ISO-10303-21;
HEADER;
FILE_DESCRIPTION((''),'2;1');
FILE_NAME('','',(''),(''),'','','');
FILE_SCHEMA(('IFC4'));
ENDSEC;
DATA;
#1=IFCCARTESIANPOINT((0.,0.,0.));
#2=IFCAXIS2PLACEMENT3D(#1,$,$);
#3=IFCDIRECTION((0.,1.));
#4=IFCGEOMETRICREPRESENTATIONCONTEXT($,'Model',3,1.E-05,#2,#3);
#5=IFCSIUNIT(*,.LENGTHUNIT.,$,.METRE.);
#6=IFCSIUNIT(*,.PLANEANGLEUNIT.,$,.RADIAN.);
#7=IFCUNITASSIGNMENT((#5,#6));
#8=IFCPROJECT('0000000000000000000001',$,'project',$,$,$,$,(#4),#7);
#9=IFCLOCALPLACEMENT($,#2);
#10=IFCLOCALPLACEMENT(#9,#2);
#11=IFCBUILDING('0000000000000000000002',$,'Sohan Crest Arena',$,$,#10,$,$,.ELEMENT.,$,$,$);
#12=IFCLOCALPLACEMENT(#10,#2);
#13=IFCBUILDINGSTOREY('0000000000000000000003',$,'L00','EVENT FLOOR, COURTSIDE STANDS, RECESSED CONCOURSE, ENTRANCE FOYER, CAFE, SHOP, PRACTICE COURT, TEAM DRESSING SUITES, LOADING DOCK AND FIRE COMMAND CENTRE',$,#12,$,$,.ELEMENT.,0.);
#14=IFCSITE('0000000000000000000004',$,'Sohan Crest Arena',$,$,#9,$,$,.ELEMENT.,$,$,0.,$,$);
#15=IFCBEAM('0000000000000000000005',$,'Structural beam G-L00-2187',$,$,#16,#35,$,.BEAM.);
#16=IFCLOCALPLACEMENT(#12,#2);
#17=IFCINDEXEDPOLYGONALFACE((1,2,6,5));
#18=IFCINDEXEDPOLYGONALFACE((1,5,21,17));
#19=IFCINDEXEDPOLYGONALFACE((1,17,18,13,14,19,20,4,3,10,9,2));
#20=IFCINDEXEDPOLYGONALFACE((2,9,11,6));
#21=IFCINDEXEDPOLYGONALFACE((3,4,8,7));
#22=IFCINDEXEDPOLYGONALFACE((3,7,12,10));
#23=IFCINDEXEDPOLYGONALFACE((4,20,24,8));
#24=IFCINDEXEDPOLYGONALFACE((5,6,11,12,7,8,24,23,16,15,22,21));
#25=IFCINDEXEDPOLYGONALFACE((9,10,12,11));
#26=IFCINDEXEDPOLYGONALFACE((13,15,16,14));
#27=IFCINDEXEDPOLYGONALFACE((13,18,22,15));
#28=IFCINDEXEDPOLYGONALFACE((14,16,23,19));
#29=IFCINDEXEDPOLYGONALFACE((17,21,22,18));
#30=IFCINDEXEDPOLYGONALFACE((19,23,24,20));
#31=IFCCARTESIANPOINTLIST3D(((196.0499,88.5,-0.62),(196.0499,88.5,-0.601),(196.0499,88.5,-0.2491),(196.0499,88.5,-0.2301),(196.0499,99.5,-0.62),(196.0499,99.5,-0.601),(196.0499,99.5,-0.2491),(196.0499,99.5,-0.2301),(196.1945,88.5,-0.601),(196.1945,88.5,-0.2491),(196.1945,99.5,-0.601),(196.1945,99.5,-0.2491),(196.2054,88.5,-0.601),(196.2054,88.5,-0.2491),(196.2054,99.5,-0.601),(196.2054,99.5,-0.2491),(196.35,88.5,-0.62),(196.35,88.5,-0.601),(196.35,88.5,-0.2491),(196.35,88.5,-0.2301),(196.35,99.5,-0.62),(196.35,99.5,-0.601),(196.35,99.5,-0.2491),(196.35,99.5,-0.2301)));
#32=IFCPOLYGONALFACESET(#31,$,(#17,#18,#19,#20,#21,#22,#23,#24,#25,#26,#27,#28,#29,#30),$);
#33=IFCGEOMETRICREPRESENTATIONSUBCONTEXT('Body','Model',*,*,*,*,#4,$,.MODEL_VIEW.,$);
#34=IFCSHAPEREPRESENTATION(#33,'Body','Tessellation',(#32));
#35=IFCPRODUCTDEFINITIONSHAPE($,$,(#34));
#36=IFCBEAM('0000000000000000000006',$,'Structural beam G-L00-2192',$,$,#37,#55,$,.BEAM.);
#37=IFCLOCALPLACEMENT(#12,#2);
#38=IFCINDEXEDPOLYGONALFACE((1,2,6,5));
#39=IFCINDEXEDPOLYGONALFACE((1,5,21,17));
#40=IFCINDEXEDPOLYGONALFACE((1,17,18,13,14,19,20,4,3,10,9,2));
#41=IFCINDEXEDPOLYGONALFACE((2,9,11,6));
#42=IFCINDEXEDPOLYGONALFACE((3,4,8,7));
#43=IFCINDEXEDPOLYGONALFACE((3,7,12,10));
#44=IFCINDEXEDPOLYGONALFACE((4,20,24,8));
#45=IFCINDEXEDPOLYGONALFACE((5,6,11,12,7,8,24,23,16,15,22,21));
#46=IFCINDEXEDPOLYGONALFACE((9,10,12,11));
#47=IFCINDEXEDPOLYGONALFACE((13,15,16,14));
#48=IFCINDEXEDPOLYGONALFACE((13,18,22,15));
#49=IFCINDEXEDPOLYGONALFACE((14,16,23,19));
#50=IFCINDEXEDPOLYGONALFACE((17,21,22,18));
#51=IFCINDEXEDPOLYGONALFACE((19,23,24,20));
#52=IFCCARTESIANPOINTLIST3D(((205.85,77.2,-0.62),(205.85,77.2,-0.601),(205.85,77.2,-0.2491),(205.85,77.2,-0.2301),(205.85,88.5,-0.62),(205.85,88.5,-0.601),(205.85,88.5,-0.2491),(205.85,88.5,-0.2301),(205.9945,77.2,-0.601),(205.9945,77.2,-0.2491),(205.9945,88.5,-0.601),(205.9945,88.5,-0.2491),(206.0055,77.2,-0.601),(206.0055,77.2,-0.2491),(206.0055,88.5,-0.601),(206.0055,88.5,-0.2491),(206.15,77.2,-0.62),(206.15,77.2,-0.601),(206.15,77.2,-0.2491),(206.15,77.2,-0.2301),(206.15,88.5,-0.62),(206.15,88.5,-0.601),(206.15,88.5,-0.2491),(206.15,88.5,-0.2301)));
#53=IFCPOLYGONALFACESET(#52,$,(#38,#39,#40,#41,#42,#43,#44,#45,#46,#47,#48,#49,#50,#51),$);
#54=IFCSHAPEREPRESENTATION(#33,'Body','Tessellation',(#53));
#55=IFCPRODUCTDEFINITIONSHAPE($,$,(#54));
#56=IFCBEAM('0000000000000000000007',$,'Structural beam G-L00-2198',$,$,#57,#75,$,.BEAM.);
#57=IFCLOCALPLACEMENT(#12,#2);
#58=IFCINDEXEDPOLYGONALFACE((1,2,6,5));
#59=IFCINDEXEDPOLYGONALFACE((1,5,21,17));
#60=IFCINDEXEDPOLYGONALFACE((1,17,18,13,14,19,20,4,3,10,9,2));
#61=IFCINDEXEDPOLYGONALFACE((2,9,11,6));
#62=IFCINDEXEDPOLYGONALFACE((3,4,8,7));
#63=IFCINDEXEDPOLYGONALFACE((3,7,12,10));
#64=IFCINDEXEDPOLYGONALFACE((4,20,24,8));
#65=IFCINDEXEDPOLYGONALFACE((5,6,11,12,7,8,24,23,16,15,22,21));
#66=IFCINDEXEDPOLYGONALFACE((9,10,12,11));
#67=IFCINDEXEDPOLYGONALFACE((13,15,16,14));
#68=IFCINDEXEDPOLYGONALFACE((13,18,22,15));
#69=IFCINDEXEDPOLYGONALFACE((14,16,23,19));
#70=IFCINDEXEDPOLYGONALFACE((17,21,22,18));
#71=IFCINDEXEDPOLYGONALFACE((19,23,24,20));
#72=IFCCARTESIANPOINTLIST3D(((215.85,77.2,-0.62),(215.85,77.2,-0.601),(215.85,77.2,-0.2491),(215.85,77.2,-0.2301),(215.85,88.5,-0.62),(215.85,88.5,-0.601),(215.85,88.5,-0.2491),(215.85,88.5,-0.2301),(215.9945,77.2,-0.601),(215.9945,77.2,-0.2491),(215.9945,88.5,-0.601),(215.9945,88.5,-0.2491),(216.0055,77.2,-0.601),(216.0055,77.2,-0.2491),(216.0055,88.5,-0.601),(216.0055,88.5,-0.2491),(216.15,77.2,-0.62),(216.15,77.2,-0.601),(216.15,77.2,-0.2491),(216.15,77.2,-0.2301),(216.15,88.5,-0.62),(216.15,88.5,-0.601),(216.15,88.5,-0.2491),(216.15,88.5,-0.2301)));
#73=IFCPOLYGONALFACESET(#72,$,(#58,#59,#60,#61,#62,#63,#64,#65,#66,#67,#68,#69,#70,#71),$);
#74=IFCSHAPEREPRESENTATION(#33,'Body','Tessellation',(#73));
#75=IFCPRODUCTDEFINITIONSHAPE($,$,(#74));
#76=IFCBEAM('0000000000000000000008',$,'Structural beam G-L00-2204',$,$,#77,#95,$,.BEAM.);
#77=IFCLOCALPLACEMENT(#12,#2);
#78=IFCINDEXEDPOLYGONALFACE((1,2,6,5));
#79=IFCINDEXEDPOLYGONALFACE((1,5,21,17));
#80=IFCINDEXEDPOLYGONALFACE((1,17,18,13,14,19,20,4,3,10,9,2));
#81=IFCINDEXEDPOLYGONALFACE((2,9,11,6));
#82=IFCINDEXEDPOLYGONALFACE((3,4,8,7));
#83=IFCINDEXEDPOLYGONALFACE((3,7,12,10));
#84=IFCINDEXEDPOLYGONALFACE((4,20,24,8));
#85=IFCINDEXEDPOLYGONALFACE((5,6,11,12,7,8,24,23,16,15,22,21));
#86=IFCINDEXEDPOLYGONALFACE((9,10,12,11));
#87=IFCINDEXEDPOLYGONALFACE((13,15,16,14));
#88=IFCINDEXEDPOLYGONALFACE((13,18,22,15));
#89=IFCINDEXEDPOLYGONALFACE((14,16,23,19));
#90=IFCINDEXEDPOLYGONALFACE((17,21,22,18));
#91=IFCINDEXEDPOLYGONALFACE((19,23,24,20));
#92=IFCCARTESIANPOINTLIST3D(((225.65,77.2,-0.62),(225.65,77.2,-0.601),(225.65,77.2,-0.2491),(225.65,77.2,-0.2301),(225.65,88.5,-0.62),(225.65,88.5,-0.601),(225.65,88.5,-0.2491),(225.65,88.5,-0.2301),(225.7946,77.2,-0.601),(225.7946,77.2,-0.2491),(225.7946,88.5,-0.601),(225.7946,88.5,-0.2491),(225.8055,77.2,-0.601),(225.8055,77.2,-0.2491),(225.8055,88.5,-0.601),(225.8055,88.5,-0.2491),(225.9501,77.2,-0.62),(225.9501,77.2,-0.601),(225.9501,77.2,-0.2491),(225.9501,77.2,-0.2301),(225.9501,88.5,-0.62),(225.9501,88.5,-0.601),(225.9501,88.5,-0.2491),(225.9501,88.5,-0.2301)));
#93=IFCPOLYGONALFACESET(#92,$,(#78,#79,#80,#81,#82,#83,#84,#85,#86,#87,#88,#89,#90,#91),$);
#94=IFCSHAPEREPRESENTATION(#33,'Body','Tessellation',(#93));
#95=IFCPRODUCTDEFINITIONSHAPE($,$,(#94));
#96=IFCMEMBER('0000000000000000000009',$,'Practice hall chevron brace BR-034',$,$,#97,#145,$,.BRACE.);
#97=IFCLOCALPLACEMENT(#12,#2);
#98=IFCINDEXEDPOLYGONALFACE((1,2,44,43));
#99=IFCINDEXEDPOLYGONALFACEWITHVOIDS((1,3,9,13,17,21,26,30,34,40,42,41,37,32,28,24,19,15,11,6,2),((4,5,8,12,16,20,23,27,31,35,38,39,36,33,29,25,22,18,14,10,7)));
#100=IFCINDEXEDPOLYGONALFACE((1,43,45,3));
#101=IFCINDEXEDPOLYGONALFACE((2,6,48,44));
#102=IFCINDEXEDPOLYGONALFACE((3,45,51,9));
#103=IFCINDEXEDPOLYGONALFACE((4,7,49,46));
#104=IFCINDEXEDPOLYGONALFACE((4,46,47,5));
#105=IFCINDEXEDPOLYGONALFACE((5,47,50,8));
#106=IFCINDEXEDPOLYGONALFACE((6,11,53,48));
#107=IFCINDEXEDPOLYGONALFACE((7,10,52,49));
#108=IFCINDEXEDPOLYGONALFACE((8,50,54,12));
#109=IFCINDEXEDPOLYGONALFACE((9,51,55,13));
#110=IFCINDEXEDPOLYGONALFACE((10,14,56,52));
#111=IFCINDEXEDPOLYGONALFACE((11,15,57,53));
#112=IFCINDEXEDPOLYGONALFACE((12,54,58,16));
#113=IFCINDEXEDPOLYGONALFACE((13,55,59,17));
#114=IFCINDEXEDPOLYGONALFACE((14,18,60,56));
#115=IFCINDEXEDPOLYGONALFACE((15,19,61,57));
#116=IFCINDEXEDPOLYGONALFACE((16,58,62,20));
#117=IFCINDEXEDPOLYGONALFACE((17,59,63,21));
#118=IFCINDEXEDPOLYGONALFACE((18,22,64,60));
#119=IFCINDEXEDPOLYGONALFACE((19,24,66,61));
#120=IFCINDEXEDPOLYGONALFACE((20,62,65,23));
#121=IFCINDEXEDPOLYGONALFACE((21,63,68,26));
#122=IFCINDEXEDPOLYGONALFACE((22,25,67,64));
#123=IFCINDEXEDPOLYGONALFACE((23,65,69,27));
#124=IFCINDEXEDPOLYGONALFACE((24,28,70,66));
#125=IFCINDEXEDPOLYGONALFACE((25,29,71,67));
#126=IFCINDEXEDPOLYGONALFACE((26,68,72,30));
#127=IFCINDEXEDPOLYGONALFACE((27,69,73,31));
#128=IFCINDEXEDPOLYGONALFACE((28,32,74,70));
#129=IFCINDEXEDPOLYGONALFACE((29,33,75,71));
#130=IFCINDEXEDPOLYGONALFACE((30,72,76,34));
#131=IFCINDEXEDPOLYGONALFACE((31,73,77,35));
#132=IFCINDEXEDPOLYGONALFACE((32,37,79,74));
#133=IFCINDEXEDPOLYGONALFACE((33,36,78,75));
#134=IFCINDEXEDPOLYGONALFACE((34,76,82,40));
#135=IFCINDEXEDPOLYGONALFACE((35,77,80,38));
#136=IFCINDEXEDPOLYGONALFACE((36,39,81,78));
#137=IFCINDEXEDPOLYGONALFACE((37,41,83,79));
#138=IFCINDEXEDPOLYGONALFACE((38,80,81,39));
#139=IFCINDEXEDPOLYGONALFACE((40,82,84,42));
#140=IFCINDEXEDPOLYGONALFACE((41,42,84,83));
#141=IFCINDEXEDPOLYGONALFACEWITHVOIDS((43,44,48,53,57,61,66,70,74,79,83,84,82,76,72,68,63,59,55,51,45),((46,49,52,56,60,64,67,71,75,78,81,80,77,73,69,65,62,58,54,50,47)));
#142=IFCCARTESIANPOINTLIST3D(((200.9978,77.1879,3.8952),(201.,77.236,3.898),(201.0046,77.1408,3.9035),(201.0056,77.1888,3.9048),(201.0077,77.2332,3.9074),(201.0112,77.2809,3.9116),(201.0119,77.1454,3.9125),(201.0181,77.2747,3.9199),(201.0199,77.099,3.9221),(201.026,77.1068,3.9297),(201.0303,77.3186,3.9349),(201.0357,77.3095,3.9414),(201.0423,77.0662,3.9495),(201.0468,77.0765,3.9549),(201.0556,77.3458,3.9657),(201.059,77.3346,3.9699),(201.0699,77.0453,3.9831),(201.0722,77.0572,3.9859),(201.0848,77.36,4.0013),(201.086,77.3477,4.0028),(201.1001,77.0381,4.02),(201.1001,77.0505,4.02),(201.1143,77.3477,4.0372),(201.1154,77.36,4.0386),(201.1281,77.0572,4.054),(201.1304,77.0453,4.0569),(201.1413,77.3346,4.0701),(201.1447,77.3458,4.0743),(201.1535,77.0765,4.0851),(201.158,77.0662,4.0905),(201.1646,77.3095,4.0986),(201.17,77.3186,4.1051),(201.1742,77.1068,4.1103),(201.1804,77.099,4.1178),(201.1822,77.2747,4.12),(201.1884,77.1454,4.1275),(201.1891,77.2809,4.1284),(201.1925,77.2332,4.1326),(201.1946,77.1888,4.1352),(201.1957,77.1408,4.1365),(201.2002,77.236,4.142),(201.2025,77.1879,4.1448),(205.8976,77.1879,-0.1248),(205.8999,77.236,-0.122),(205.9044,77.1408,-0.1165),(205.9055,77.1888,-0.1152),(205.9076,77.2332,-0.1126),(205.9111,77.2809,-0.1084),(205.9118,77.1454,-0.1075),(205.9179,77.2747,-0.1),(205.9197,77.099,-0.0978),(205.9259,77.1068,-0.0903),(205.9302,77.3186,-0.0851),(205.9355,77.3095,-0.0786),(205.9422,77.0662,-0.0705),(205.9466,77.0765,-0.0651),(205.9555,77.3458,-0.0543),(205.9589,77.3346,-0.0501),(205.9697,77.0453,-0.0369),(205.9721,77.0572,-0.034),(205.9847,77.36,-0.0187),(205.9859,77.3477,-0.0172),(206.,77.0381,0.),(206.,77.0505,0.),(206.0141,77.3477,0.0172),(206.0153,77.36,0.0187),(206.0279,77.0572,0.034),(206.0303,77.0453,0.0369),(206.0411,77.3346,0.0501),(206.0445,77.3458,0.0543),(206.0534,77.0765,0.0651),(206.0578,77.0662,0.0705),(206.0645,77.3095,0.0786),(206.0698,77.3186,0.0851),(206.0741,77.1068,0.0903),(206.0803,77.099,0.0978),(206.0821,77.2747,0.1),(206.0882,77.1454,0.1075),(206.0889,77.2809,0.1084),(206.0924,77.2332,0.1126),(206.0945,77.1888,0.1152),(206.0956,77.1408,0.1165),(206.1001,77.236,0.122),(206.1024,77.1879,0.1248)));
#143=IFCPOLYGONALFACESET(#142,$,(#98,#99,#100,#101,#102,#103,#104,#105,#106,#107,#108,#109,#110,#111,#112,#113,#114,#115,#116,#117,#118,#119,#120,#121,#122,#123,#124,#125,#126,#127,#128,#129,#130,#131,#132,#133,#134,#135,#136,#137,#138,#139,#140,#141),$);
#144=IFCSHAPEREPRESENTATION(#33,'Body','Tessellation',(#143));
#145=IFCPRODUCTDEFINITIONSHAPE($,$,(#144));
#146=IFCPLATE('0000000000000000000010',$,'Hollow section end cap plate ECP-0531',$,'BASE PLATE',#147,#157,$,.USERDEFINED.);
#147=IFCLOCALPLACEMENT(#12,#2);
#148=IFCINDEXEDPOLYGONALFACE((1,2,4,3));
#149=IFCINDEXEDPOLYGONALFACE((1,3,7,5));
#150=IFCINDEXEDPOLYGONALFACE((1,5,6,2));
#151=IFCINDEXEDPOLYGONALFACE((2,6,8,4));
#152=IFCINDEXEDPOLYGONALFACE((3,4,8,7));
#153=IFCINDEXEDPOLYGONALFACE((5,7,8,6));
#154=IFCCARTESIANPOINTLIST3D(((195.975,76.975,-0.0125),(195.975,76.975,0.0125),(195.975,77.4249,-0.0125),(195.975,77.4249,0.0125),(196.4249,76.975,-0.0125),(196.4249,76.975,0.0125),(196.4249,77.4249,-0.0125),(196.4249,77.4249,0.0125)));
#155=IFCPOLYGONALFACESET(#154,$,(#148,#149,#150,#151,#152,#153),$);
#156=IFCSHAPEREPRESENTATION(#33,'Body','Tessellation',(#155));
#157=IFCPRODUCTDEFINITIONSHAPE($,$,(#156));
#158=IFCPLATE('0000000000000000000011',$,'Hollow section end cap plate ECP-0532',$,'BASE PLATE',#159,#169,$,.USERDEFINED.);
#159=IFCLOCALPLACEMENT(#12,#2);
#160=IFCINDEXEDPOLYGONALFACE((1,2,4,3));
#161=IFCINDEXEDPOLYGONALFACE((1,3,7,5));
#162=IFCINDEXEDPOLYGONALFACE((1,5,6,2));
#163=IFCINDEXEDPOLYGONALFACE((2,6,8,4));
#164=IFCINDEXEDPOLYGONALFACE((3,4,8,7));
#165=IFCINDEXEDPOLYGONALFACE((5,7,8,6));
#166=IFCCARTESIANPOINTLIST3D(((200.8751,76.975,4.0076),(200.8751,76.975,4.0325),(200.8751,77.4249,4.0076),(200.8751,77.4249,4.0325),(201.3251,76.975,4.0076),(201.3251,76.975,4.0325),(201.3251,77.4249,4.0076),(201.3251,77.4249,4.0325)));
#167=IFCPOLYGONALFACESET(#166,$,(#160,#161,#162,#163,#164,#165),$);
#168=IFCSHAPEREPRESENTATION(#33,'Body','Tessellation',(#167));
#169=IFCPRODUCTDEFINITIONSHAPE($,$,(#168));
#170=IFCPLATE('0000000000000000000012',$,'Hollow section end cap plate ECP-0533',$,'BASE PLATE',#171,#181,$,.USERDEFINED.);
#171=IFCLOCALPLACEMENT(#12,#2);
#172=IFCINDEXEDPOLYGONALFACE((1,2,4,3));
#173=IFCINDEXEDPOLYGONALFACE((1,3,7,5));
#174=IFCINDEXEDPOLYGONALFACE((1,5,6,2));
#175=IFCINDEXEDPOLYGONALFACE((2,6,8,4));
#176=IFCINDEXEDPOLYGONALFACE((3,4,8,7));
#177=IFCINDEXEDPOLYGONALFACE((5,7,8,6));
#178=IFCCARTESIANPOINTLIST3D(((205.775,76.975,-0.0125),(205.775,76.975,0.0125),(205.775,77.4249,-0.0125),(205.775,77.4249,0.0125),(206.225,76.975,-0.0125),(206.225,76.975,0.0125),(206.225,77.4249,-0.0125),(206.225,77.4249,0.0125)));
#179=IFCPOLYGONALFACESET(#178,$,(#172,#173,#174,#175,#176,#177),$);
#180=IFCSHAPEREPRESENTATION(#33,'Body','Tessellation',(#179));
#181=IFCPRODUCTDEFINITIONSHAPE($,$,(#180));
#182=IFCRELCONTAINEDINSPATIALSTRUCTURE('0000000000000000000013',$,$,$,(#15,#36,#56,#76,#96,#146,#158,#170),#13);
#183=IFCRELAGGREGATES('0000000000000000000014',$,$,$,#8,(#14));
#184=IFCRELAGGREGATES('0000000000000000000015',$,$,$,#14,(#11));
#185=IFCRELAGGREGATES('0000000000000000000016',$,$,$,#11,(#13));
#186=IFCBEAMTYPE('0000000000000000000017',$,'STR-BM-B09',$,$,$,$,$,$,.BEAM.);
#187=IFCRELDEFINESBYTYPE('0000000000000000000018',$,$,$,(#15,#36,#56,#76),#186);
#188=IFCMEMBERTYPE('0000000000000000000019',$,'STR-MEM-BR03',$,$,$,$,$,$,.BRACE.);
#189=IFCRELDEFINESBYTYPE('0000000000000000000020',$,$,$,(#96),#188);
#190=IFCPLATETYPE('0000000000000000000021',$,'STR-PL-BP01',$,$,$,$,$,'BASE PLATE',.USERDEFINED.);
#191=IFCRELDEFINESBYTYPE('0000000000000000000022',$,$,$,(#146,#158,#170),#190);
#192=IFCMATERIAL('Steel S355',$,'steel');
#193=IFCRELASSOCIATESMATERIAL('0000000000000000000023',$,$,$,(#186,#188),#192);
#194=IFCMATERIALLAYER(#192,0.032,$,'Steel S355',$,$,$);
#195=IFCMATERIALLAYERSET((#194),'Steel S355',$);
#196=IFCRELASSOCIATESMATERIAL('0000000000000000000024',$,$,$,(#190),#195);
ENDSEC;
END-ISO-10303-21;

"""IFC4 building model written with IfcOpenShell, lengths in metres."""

from ifc_helpers import new_model, si_unit, direction, frame, origin, origin_2d, place, context, subcontext, project, spatial, rectangle, hollow_circle, i_section, extrude, material, layer, layer_set, material_profile, profile_set, type_object, element, save


model = new_model("IFC4")

# Units and contexts
model_context = context("Model", 3, precision=1e-05, world=origin(), true_north=direction((0.0, 1.0)))
body_context = subcontext(model_context, "Body", "Model", "MODEL_VIEW")
ifc_project = project(units=[si_unit("LENGTHUNIT", "METRE"), si_unit("PLANEANGLEUNIT", "RADIAN")], contexts=[model_context])

# Site, building, storey
site_placement = place(None, origin())
site = spatial("IfcSite", under=ifc_project, at=site_placement, Name="Sohan Crest Arena", CompositionType="ELEMENT", RefElevation=0.0)
building_placement = place(site_placement, origin())
building = spatial("IfcBuilding", under=site, at=building_placement, Name="Sohan Crest Arena", CompositionType="ELEMENT")
storey_placement = place(building_placement, origin())
storey = spatial("IfcBuildingStorey", under=building, at=storey_placement, Name="L00", Description="EVENT FLOOR, COURTSIDE STANDS, RECESSED CONCOURSE, ENTRANCE FOYER, CAFE, SHOP, PRACTICE COURT, TEAM DRESSING SUITES, LOADING DOCK AND FIRE COMMAND CENTRE", CompositionType="ELEMENT", Elevation=0.0)

# Beams
ifc_material_1 = material(Name="Steel S355", Category="steel")
ifc_material_profile_1 = material_profile(ifc_material_1, i_section(OverallWidth=0.3, OverallDepth=0.3899, WebThickness=0.011, FlangeThickness=0.019, at=origin_2d()), Name="HEA 400")
ifc_profile_set_1 = profile_set([ifc_material_profile_1], Name="Steel S355")
beam_type_1 = type_object("IfcBeamType", Name="STR-BM-B09", PredefinedType="BEAM", material=ifc_profile_set_1)
beam_1_placement = place(storey_placement, frame((196.2, 88.5, -0.425), z_axis=(0.0, 1.0, 0.0), x_axis=(-1.0, 0.0, 0.0)))
element("IfcBeam", 1, at=beam_1_placement, inside=storey, type_object=beam_type_1, Name="Structural beam G-L00-2187", PredefinedType="BEAM", context=body_context, shape_type="SweptSolid", body=[
    extrude(i_section(OverallWidth=0.3, OverallDepth=0.3899, WebThickness=0.011, FlangeThickness=0.019, at=origin_2d()), origin(), (0.0, 0.0, 1.0), 11.0),
])
for number, where, z_axis, x_axis, name in (
    (2, (206.0, 77.2, -0.425), (0.0, 1.0, 0.0), (-1.0, 0.0, 0.0), "Structural beam G-L00-2192"),
    (3, (216.0, 77.2, -0.425), (0.0, 1.0, 0.0), (-1.0, 0.0, 0.0), "Structural beam G-L00-2198"),
    (4, (225.8, 77.2, -0.425), (0.0, 1.0, 0.0), (-1.0, 0.0, 0.0), "Structural beam G-L00-2204"),
):
    element("IfcBeam", number, at=place(storey_placement, frame(where, z_axis=z_axis, x_axis=x_axis)), inside=storey, type_object=beam_type_1, Name=name, PredefinedType="BEAM", context=body_context, shape_type="SweptSolid", body=[
        extrude(i_section(OverallWidth=0.3, OverallDepth=0.3899, WebThickness=0.011, FlangeThickness=0.019, at=origin_2d()), origin(), (0.0, 0.0, 1.0), 11.3),
    ])

# Member
ifc_material_profile_2 = material_profile(ifc_material_1, hollow_circle(Radius=0.1619, WallThickness=0.0125, at=origin_2d()), Name="CHS 323.9x12.5")
ifc_profile_set_2 = profile_set([ifc_material_profile_2], Name="Steel S355")
member_type = type_object("IfcMemberType", Name="STR-MEM-BR03", PredefinedType="BRACE", material=ifc_profile_set_2)
member_placement = place(storey_placement, frame((206.0, 77.2, 0.0), z_axis=(-0.773105, 0.0, 0.634278), x_axis=(0.0, -1.0, 0.0)))
element("IfcMember", 5, at=member_placement, inside=storey, type_object=member_type, Name="Practice hall chevron brace BR-034", PredefinedType="BRACE", context=body_context, shape_type="SweptSolid", body=[
    extrude(hollow_circle(Radius=0.1619, WallThickness=0.0125, at=origin_2d()), origin(), (0.0, 0.0, 1.0), 6.3379),
])

# Plates
ifc_layer_1 = layer(ifc_material_1, 0.032, Name="Steel S355")
ifc_layer_set_1 = layer_set([ifc_layer_1], Name="Steel S355")
plate_type = type_object("IfcPlateType", Name="STR-PL-BP01", ElementType="BASE PLATE", PredefinedType="USERDEFINED", material=ifc_layer_set_1)
for number, where, z_axis, x_axis, name in (
    (6, (196.2, 77.2, -0.0125), (0.0, 0.0, 1.0), (1.0, 0.0, 0.0), "Hollow section end cap plate ECP-0531"),
    (7, (201.1001, 77.2, 4.0076), (0.0, 0.0, 1.0), (1.0, 0.0, 0.0), "Hollow section end cap plate ECP-0532"),
    (8, (206.0, 77.2, -0.0125), (0.0, 0.0, 1.0), (1.0, 0.0, 0.0), "Hollow section end cap plate ECP-0533"),
):
    element("IfcPlate", number, at=place(storey_placement, frame(where, z_axis=z_axis, x_axis=x_axis)), inside=storey, type_object=plate_type, Name=name, ObjectType="BASE PLATE", PredefinedType="USERDEFINED", context=body_context, shape_type="SweptSolid", body=[
        extrude(rectangle(XDim=0.45, YDim=0.45, at=origin_2d()), origin(), (0.0, 0.0, 1.0), 0.0249),
    ])

save(model, "model.ifc")
